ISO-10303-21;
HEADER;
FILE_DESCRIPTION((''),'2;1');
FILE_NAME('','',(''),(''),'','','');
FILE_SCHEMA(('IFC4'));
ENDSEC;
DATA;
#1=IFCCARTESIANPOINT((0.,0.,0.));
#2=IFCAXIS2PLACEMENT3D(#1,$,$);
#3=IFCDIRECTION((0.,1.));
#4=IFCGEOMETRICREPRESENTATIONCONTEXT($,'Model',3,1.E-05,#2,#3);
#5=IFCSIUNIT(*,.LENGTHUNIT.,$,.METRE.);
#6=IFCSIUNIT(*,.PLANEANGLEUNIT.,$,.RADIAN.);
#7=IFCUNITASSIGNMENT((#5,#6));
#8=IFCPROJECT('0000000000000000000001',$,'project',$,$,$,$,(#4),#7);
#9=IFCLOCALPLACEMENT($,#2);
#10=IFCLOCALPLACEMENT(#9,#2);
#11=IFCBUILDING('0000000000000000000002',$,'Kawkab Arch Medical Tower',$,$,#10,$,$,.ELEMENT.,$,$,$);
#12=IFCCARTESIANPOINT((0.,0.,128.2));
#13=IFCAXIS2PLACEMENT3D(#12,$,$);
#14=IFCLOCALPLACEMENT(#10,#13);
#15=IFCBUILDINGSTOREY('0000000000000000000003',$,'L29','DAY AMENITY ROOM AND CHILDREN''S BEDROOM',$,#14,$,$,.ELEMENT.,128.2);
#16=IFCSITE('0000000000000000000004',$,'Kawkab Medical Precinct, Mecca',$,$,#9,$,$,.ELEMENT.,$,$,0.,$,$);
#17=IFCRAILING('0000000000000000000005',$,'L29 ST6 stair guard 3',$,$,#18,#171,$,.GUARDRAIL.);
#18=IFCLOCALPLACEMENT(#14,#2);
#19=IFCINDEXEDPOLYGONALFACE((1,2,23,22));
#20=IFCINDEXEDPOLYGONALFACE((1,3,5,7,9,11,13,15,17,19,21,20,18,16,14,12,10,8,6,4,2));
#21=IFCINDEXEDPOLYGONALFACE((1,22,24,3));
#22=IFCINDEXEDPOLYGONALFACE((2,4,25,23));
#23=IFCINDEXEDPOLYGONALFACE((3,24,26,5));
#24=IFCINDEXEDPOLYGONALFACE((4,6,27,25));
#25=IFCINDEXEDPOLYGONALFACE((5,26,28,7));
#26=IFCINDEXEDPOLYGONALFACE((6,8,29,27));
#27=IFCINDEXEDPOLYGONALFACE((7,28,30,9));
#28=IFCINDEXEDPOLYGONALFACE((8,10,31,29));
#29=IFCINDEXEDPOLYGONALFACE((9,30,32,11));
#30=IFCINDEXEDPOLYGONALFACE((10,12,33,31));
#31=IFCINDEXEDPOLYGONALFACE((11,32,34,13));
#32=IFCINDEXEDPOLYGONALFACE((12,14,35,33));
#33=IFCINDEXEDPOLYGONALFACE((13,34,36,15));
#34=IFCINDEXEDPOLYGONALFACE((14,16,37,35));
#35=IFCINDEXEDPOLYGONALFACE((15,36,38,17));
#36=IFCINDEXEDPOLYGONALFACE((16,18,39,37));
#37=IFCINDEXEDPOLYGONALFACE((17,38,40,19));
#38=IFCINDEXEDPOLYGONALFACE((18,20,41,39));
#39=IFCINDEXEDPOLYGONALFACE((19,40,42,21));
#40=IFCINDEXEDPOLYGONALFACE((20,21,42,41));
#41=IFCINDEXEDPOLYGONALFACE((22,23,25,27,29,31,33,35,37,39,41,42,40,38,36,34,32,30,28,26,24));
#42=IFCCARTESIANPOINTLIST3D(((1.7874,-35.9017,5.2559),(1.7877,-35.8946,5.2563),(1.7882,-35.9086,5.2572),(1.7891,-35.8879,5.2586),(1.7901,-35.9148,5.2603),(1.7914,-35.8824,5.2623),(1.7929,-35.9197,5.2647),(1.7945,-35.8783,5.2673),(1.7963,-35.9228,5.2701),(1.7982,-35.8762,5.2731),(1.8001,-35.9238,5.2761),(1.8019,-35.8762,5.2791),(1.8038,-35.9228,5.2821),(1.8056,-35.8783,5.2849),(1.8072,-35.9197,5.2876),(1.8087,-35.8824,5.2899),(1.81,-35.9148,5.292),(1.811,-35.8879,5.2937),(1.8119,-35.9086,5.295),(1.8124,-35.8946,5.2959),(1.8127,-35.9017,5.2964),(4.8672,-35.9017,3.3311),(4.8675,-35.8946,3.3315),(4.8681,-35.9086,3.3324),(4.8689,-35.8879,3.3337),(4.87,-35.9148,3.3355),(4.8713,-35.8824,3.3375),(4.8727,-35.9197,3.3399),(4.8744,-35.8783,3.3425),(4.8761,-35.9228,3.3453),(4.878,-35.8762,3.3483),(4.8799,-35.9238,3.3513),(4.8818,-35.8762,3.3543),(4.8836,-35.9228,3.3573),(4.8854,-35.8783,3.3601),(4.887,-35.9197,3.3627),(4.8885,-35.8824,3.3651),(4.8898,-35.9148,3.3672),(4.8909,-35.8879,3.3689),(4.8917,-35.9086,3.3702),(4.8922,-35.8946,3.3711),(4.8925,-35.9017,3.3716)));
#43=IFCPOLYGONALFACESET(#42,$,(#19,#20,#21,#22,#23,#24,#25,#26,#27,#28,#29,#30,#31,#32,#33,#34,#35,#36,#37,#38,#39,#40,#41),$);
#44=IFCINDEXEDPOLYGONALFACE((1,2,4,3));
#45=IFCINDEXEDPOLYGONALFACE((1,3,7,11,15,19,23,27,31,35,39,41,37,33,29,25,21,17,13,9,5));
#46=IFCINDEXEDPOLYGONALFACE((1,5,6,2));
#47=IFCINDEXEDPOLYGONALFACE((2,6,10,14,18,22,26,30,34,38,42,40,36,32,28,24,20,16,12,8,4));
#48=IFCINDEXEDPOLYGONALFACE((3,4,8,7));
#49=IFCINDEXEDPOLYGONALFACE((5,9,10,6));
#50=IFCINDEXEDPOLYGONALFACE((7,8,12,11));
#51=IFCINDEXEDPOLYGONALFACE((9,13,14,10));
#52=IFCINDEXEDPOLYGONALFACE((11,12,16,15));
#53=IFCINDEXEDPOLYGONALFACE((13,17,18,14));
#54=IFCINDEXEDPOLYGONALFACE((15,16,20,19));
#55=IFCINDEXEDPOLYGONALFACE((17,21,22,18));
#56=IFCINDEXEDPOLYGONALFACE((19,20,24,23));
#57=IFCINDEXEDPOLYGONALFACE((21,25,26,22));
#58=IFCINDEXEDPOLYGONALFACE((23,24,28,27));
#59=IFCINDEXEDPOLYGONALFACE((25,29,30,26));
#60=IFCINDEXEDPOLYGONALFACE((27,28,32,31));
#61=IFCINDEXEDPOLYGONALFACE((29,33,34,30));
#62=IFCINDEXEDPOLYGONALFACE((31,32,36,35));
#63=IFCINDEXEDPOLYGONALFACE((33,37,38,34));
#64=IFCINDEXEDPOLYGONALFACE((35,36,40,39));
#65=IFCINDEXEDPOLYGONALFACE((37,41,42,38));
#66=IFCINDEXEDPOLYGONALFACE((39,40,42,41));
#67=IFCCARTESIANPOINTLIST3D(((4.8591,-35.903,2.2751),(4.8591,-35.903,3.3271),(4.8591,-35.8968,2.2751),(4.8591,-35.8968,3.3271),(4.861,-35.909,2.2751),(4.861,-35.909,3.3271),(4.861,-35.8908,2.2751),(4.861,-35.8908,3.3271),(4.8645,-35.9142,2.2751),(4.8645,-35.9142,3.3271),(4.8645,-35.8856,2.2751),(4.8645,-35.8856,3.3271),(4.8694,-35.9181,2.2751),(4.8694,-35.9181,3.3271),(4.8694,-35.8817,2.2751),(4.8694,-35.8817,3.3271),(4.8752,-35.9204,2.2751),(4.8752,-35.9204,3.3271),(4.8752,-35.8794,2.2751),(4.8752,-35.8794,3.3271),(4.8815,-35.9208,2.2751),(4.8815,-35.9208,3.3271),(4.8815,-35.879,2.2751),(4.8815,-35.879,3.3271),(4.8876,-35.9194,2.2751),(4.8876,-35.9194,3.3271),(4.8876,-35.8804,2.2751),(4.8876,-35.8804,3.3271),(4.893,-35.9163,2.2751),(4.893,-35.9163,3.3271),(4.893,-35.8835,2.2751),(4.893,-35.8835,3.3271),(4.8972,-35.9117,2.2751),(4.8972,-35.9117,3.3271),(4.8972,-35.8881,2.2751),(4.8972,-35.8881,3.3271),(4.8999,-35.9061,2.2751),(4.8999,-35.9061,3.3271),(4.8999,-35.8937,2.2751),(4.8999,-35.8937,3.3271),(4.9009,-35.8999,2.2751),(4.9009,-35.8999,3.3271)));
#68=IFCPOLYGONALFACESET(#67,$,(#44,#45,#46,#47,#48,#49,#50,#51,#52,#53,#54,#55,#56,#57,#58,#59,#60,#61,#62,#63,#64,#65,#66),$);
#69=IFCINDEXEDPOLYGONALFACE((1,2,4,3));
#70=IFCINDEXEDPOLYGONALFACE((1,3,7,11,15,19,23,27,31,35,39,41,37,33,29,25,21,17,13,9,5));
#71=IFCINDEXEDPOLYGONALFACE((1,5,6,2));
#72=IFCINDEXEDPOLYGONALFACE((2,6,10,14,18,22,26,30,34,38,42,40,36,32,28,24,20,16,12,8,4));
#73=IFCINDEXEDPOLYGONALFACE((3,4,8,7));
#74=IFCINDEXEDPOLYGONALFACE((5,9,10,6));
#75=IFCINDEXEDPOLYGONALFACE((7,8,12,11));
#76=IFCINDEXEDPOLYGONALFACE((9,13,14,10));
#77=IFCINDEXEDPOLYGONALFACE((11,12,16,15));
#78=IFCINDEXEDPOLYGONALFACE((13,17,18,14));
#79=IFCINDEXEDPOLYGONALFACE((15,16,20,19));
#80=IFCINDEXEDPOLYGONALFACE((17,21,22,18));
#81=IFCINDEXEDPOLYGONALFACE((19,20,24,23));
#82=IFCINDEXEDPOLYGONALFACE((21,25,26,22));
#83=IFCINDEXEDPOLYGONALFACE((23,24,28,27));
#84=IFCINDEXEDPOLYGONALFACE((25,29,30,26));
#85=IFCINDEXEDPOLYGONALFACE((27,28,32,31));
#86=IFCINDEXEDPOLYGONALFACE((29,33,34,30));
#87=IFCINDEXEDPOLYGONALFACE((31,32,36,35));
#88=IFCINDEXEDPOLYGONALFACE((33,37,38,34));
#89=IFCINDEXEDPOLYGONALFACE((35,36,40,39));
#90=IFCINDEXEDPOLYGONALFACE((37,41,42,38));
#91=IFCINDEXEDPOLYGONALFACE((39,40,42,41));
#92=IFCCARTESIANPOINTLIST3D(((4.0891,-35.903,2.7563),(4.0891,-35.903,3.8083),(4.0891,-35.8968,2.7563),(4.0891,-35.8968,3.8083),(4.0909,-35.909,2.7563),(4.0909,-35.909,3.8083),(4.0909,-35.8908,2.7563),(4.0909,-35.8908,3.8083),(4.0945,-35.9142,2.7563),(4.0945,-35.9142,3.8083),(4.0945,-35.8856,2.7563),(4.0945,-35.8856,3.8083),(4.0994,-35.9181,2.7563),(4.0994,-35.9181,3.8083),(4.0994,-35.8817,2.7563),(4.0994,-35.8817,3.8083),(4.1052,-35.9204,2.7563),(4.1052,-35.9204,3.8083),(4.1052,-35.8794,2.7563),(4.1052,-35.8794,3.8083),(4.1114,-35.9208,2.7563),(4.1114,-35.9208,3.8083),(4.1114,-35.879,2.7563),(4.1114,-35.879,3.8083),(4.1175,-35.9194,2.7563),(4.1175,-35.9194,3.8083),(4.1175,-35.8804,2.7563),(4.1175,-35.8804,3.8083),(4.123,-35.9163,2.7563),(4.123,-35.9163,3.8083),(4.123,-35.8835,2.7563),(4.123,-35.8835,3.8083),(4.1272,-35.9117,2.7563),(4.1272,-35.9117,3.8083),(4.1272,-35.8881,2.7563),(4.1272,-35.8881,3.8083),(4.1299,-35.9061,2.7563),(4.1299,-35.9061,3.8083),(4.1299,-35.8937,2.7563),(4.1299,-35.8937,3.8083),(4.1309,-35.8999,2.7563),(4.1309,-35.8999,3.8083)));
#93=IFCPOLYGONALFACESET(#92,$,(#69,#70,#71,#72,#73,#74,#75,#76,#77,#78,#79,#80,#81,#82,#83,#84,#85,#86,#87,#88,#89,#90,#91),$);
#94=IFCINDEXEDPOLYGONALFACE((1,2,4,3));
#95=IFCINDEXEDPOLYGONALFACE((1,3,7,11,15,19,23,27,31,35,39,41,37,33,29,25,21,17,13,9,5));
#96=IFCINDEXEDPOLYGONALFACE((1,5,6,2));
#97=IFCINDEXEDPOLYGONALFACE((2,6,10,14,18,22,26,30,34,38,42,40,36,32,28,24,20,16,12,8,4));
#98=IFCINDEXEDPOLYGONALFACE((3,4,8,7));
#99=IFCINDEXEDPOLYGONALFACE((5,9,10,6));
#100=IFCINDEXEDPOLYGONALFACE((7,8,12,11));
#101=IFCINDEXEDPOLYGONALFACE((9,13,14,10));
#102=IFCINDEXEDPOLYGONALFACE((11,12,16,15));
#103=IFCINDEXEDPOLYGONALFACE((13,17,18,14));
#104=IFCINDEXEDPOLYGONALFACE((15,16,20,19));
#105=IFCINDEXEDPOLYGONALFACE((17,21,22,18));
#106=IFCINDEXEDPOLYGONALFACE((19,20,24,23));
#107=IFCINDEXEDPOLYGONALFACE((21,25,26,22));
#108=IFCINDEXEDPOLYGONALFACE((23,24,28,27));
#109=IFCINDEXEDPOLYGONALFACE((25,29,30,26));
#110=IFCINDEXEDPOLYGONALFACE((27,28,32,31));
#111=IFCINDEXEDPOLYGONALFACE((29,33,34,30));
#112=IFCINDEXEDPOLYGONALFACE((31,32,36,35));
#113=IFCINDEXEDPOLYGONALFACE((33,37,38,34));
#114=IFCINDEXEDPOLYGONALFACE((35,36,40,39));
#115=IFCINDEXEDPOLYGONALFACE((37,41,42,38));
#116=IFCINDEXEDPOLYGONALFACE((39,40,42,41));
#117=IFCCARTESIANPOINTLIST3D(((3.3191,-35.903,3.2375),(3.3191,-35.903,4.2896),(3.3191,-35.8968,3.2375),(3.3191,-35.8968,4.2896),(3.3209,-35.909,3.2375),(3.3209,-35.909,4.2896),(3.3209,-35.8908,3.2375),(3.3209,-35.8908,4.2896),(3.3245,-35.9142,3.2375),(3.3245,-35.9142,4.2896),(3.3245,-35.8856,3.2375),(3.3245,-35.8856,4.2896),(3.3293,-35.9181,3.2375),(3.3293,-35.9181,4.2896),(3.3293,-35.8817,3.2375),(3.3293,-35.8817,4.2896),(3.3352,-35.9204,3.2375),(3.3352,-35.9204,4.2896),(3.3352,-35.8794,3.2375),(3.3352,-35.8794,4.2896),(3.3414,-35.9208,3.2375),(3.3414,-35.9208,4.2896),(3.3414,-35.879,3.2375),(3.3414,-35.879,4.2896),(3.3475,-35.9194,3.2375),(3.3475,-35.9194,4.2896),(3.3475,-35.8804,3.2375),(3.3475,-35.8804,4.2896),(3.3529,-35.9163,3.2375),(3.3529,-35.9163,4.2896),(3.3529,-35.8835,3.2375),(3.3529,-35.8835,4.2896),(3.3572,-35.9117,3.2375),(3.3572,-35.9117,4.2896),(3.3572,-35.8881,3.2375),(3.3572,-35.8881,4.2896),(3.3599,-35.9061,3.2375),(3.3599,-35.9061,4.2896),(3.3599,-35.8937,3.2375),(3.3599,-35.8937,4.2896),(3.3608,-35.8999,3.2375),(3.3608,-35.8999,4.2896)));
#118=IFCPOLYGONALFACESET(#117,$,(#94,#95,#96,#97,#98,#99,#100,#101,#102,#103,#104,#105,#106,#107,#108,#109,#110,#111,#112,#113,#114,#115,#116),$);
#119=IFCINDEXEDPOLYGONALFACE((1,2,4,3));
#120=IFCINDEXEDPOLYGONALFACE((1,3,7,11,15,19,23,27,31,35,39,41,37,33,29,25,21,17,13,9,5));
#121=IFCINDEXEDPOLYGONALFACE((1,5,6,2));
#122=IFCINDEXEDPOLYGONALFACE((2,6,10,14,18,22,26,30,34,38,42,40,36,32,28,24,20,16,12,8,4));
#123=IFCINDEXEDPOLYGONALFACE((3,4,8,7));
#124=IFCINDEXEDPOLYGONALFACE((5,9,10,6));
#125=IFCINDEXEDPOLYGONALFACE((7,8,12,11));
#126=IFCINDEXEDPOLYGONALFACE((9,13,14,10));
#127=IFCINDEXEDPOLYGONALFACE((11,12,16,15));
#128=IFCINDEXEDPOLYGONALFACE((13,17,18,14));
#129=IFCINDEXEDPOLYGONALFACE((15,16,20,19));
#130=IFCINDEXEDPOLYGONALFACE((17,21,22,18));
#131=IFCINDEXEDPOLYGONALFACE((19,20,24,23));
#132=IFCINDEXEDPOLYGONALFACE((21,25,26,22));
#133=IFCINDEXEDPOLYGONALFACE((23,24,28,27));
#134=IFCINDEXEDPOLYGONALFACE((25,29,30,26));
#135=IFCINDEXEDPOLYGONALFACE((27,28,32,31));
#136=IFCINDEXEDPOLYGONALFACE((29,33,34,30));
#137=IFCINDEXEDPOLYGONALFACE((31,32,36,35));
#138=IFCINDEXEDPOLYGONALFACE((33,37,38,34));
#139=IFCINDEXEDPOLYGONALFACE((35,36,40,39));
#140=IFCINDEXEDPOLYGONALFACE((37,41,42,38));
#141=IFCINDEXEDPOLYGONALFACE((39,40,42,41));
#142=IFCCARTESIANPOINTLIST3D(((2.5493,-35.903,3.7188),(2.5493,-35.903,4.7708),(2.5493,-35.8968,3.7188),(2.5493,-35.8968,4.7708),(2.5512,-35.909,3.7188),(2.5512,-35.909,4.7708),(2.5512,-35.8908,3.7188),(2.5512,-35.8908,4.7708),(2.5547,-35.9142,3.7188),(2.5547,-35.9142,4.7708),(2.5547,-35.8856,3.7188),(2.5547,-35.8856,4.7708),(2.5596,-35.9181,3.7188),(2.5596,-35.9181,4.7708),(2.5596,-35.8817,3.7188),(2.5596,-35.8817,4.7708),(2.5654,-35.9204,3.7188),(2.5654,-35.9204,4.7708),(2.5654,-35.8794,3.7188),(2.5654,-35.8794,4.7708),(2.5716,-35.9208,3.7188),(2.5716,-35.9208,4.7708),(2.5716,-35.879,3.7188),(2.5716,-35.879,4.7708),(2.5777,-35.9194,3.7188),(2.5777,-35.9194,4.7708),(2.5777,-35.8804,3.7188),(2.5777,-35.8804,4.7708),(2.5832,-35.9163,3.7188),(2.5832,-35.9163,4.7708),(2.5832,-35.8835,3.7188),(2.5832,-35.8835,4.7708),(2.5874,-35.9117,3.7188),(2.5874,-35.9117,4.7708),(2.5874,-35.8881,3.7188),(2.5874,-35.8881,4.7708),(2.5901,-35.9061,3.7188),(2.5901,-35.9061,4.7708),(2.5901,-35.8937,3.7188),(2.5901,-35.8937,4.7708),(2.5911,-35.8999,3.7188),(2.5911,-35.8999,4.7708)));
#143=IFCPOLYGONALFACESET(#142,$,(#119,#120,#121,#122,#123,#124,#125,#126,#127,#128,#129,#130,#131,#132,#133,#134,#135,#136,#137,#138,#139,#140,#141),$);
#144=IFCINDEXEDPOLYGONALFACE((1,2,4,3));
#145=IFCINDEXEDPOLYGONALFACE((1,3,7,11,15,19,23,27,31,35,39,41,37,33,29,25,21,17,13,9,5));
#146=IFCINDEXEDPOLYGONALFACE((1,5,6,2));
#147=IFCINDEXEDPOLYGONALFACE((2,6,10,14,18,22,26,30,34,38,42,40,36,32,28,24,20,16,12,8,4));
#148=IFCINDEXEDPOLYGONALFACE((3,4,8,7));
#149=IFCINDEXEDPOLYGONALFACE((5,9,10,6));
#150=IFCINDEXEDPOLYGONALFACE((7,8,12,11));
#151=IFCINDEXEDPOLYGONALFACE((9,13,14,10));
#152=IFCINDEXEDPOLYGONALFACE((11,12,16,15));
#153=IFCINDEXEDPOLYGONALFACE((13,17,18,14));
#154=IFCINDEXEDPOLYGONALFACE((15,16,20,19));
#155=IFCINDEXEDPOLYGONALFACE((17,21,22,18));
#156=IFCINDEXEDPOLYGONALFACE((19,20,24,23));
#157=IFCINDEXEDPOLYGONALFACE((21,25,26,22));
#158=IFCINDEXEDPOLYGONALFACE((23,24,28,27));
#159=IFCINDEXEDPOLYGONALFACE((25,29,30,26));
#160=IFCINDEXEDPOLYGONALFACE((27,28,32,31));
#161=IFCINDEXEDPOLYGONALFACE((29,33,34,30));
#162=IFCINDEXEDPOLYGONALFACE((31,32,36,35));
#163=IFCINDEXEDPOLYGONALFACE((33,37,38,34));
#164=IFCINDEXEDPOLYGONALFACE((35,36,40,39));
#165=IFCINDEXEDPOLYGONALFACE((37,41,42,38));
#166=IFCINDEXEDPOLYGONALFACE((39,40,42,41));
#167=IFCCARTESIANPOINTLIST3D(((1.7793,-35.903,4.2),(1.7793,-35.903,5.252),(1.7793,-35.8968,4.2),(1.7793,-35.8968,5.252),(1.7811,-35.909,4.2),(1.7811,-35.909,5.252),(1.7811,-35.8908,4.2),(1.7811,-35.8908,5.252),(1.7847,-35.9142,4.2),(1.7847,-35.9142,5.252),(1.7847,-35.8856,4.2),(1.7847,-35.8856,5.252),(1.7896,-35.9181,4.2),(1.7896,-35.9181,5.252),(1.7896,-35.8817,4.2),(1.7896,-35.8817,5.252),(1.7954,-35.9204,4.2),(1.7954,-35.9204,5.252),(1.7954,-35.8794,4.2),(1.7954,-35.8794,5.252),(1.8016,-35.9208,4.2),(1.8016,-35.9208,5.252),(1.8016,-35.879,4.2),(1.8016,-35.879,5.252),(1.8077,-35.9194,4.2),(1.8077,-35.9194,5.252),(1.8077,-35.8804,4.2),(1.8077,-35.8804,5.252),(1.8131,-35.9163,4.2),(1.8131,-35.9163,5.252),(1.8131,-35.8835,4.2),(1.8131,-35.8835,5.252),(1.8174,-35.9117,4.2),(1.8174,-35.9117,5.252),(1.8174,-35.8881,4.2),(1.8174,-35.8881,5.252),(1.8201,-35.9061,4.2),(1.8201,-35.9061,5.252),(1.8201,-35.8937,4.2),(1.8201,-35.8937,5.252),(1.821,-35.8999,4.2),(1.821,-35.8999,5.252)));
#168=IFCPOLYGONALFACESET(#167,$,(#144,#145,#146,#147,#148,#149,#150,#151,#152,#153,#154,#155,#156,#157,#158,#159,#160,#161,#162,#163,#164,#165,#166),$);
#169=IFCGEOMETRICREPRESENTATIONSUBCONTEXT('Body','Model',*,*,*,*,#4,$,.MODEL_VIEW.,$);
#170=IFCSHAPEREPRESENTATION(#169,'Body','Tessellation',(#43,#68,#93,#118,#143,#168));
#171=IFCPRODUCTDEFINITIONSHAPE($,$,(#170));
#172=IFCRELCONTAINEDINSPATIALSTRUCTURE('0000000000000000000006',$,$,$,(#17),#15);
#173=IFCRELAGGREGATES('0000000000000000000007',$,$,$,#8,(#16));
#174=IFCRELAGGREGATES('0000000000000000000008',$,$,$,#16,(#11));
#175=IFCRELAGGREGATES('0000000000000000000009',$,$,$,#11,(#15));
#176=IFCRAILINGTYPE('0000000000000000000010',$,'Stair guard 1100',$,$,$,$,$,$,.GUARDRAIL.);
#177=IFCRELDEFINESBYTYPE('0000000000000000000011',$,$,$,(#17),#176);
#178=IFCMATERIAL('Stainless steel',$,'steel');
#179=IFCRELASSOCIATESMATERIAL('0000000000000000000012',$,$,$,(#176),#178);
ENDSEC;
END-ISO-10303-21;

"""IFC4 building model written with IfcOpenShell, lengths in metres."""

from ifc_helpers import new_model, si_unit, direction, frame, origin, origin_2d, place, context, subcontext, project, spatial, circle, extrude, material, type_object, element, save


model = new_model("IFC4")

# Units and contexts
model_context = context("Model", 3, precision=1e-05, world=origin(), true_north=direction((0.0, 1.0)))
body_context = subcontext(model_context, "Body", "Model", "MODEL_VIEW")
ifc_project = project(units=[si_unit("LENGTHUNIT", "METRE"), si_unit("PLANEANGLEUNIT", "RADIAN")], contexts=[model_context])

# Site, building, storey
site_placement = place(None, origin())
site = spatial("IfcSite", under=ifc_project, at=site_placement, Name="Kawkab Medical Precinct, Mecca", CompositionType="ELEMENT", RefElevation=0.0)
building_placement = place(site_placement, origin())
building = spatial("IfcBuilding", under=site, at=building_placement, Name="Kawkab Arch Medical Tower", CompositionType="ELEMENT")
storey_placement = place(building_placement, frame((0.0, 0.0, 128.2)))
storey = spatial("IfcBuildingStorey", under=building, at=storey_placement, Name="L29", Description="DAY AMENITY ROOM AND CHILDREN'S BEDROOM", CompositionType="ELEMENT", Elevation=128.2)

# Railing
ifc_material_1 = material(Name="Stainless steel", Category="steel")
railing_type = type_object("IfcRailingType", Name="Stair guard 1100", PredefinedType="GUARDRAIL", material=ifc_material_1)
railing_1_placement = place(storey_placement, frame((4.8799, -35.8999, 2.2751)))
element("IfcRailing", 1, at=railing_1_placement, inside=storey, type_object=railing_type, Name="L29 ST6 stair guard 3", PredefinedType="GUARDRAIL", context=body_context, shape_type="SweptSolid", body=[
    extrude(circle(Radius=0.0239, at=origin_2d()), frame((0.0, 0.0, 1.0762), z_axis=(-0.84801, 0.0, 0.529981), x_axis=(0.0, -1.0, 0.0)), (0.0, 0.0, 1.0), 3.6318),
    extrude(circle(Radius=0.021, at=origin_2d()), origin(), (0.0, 0.0, 1.0), 1.052),
    extrude(circle(Radius=0.021, at=origin_2d()), frame((-0.77, 0.0, 0.4812)), (0.0, 0.0, 1.0), 1.052),
    extrude(circle(Radius=0.021, at=origin_2d()), frame((-1.54, 0.0, 0.9624)), (0.0, 0.0, 1.0), 1.052),
    extrude(circle(Radius=0.021, at=origin_2d()), frame((-2.3098, 0.0, 1.4436)), (0.0, 0.0, 1.0), 1.052),
    extrude(circle(Radius=0.021, at=origin_2d()), frame((-3.0798, 0.0, 1.9248)), (0.0, 0.0, 1.0), 1.052),
])

save(model, "model.ifc")
